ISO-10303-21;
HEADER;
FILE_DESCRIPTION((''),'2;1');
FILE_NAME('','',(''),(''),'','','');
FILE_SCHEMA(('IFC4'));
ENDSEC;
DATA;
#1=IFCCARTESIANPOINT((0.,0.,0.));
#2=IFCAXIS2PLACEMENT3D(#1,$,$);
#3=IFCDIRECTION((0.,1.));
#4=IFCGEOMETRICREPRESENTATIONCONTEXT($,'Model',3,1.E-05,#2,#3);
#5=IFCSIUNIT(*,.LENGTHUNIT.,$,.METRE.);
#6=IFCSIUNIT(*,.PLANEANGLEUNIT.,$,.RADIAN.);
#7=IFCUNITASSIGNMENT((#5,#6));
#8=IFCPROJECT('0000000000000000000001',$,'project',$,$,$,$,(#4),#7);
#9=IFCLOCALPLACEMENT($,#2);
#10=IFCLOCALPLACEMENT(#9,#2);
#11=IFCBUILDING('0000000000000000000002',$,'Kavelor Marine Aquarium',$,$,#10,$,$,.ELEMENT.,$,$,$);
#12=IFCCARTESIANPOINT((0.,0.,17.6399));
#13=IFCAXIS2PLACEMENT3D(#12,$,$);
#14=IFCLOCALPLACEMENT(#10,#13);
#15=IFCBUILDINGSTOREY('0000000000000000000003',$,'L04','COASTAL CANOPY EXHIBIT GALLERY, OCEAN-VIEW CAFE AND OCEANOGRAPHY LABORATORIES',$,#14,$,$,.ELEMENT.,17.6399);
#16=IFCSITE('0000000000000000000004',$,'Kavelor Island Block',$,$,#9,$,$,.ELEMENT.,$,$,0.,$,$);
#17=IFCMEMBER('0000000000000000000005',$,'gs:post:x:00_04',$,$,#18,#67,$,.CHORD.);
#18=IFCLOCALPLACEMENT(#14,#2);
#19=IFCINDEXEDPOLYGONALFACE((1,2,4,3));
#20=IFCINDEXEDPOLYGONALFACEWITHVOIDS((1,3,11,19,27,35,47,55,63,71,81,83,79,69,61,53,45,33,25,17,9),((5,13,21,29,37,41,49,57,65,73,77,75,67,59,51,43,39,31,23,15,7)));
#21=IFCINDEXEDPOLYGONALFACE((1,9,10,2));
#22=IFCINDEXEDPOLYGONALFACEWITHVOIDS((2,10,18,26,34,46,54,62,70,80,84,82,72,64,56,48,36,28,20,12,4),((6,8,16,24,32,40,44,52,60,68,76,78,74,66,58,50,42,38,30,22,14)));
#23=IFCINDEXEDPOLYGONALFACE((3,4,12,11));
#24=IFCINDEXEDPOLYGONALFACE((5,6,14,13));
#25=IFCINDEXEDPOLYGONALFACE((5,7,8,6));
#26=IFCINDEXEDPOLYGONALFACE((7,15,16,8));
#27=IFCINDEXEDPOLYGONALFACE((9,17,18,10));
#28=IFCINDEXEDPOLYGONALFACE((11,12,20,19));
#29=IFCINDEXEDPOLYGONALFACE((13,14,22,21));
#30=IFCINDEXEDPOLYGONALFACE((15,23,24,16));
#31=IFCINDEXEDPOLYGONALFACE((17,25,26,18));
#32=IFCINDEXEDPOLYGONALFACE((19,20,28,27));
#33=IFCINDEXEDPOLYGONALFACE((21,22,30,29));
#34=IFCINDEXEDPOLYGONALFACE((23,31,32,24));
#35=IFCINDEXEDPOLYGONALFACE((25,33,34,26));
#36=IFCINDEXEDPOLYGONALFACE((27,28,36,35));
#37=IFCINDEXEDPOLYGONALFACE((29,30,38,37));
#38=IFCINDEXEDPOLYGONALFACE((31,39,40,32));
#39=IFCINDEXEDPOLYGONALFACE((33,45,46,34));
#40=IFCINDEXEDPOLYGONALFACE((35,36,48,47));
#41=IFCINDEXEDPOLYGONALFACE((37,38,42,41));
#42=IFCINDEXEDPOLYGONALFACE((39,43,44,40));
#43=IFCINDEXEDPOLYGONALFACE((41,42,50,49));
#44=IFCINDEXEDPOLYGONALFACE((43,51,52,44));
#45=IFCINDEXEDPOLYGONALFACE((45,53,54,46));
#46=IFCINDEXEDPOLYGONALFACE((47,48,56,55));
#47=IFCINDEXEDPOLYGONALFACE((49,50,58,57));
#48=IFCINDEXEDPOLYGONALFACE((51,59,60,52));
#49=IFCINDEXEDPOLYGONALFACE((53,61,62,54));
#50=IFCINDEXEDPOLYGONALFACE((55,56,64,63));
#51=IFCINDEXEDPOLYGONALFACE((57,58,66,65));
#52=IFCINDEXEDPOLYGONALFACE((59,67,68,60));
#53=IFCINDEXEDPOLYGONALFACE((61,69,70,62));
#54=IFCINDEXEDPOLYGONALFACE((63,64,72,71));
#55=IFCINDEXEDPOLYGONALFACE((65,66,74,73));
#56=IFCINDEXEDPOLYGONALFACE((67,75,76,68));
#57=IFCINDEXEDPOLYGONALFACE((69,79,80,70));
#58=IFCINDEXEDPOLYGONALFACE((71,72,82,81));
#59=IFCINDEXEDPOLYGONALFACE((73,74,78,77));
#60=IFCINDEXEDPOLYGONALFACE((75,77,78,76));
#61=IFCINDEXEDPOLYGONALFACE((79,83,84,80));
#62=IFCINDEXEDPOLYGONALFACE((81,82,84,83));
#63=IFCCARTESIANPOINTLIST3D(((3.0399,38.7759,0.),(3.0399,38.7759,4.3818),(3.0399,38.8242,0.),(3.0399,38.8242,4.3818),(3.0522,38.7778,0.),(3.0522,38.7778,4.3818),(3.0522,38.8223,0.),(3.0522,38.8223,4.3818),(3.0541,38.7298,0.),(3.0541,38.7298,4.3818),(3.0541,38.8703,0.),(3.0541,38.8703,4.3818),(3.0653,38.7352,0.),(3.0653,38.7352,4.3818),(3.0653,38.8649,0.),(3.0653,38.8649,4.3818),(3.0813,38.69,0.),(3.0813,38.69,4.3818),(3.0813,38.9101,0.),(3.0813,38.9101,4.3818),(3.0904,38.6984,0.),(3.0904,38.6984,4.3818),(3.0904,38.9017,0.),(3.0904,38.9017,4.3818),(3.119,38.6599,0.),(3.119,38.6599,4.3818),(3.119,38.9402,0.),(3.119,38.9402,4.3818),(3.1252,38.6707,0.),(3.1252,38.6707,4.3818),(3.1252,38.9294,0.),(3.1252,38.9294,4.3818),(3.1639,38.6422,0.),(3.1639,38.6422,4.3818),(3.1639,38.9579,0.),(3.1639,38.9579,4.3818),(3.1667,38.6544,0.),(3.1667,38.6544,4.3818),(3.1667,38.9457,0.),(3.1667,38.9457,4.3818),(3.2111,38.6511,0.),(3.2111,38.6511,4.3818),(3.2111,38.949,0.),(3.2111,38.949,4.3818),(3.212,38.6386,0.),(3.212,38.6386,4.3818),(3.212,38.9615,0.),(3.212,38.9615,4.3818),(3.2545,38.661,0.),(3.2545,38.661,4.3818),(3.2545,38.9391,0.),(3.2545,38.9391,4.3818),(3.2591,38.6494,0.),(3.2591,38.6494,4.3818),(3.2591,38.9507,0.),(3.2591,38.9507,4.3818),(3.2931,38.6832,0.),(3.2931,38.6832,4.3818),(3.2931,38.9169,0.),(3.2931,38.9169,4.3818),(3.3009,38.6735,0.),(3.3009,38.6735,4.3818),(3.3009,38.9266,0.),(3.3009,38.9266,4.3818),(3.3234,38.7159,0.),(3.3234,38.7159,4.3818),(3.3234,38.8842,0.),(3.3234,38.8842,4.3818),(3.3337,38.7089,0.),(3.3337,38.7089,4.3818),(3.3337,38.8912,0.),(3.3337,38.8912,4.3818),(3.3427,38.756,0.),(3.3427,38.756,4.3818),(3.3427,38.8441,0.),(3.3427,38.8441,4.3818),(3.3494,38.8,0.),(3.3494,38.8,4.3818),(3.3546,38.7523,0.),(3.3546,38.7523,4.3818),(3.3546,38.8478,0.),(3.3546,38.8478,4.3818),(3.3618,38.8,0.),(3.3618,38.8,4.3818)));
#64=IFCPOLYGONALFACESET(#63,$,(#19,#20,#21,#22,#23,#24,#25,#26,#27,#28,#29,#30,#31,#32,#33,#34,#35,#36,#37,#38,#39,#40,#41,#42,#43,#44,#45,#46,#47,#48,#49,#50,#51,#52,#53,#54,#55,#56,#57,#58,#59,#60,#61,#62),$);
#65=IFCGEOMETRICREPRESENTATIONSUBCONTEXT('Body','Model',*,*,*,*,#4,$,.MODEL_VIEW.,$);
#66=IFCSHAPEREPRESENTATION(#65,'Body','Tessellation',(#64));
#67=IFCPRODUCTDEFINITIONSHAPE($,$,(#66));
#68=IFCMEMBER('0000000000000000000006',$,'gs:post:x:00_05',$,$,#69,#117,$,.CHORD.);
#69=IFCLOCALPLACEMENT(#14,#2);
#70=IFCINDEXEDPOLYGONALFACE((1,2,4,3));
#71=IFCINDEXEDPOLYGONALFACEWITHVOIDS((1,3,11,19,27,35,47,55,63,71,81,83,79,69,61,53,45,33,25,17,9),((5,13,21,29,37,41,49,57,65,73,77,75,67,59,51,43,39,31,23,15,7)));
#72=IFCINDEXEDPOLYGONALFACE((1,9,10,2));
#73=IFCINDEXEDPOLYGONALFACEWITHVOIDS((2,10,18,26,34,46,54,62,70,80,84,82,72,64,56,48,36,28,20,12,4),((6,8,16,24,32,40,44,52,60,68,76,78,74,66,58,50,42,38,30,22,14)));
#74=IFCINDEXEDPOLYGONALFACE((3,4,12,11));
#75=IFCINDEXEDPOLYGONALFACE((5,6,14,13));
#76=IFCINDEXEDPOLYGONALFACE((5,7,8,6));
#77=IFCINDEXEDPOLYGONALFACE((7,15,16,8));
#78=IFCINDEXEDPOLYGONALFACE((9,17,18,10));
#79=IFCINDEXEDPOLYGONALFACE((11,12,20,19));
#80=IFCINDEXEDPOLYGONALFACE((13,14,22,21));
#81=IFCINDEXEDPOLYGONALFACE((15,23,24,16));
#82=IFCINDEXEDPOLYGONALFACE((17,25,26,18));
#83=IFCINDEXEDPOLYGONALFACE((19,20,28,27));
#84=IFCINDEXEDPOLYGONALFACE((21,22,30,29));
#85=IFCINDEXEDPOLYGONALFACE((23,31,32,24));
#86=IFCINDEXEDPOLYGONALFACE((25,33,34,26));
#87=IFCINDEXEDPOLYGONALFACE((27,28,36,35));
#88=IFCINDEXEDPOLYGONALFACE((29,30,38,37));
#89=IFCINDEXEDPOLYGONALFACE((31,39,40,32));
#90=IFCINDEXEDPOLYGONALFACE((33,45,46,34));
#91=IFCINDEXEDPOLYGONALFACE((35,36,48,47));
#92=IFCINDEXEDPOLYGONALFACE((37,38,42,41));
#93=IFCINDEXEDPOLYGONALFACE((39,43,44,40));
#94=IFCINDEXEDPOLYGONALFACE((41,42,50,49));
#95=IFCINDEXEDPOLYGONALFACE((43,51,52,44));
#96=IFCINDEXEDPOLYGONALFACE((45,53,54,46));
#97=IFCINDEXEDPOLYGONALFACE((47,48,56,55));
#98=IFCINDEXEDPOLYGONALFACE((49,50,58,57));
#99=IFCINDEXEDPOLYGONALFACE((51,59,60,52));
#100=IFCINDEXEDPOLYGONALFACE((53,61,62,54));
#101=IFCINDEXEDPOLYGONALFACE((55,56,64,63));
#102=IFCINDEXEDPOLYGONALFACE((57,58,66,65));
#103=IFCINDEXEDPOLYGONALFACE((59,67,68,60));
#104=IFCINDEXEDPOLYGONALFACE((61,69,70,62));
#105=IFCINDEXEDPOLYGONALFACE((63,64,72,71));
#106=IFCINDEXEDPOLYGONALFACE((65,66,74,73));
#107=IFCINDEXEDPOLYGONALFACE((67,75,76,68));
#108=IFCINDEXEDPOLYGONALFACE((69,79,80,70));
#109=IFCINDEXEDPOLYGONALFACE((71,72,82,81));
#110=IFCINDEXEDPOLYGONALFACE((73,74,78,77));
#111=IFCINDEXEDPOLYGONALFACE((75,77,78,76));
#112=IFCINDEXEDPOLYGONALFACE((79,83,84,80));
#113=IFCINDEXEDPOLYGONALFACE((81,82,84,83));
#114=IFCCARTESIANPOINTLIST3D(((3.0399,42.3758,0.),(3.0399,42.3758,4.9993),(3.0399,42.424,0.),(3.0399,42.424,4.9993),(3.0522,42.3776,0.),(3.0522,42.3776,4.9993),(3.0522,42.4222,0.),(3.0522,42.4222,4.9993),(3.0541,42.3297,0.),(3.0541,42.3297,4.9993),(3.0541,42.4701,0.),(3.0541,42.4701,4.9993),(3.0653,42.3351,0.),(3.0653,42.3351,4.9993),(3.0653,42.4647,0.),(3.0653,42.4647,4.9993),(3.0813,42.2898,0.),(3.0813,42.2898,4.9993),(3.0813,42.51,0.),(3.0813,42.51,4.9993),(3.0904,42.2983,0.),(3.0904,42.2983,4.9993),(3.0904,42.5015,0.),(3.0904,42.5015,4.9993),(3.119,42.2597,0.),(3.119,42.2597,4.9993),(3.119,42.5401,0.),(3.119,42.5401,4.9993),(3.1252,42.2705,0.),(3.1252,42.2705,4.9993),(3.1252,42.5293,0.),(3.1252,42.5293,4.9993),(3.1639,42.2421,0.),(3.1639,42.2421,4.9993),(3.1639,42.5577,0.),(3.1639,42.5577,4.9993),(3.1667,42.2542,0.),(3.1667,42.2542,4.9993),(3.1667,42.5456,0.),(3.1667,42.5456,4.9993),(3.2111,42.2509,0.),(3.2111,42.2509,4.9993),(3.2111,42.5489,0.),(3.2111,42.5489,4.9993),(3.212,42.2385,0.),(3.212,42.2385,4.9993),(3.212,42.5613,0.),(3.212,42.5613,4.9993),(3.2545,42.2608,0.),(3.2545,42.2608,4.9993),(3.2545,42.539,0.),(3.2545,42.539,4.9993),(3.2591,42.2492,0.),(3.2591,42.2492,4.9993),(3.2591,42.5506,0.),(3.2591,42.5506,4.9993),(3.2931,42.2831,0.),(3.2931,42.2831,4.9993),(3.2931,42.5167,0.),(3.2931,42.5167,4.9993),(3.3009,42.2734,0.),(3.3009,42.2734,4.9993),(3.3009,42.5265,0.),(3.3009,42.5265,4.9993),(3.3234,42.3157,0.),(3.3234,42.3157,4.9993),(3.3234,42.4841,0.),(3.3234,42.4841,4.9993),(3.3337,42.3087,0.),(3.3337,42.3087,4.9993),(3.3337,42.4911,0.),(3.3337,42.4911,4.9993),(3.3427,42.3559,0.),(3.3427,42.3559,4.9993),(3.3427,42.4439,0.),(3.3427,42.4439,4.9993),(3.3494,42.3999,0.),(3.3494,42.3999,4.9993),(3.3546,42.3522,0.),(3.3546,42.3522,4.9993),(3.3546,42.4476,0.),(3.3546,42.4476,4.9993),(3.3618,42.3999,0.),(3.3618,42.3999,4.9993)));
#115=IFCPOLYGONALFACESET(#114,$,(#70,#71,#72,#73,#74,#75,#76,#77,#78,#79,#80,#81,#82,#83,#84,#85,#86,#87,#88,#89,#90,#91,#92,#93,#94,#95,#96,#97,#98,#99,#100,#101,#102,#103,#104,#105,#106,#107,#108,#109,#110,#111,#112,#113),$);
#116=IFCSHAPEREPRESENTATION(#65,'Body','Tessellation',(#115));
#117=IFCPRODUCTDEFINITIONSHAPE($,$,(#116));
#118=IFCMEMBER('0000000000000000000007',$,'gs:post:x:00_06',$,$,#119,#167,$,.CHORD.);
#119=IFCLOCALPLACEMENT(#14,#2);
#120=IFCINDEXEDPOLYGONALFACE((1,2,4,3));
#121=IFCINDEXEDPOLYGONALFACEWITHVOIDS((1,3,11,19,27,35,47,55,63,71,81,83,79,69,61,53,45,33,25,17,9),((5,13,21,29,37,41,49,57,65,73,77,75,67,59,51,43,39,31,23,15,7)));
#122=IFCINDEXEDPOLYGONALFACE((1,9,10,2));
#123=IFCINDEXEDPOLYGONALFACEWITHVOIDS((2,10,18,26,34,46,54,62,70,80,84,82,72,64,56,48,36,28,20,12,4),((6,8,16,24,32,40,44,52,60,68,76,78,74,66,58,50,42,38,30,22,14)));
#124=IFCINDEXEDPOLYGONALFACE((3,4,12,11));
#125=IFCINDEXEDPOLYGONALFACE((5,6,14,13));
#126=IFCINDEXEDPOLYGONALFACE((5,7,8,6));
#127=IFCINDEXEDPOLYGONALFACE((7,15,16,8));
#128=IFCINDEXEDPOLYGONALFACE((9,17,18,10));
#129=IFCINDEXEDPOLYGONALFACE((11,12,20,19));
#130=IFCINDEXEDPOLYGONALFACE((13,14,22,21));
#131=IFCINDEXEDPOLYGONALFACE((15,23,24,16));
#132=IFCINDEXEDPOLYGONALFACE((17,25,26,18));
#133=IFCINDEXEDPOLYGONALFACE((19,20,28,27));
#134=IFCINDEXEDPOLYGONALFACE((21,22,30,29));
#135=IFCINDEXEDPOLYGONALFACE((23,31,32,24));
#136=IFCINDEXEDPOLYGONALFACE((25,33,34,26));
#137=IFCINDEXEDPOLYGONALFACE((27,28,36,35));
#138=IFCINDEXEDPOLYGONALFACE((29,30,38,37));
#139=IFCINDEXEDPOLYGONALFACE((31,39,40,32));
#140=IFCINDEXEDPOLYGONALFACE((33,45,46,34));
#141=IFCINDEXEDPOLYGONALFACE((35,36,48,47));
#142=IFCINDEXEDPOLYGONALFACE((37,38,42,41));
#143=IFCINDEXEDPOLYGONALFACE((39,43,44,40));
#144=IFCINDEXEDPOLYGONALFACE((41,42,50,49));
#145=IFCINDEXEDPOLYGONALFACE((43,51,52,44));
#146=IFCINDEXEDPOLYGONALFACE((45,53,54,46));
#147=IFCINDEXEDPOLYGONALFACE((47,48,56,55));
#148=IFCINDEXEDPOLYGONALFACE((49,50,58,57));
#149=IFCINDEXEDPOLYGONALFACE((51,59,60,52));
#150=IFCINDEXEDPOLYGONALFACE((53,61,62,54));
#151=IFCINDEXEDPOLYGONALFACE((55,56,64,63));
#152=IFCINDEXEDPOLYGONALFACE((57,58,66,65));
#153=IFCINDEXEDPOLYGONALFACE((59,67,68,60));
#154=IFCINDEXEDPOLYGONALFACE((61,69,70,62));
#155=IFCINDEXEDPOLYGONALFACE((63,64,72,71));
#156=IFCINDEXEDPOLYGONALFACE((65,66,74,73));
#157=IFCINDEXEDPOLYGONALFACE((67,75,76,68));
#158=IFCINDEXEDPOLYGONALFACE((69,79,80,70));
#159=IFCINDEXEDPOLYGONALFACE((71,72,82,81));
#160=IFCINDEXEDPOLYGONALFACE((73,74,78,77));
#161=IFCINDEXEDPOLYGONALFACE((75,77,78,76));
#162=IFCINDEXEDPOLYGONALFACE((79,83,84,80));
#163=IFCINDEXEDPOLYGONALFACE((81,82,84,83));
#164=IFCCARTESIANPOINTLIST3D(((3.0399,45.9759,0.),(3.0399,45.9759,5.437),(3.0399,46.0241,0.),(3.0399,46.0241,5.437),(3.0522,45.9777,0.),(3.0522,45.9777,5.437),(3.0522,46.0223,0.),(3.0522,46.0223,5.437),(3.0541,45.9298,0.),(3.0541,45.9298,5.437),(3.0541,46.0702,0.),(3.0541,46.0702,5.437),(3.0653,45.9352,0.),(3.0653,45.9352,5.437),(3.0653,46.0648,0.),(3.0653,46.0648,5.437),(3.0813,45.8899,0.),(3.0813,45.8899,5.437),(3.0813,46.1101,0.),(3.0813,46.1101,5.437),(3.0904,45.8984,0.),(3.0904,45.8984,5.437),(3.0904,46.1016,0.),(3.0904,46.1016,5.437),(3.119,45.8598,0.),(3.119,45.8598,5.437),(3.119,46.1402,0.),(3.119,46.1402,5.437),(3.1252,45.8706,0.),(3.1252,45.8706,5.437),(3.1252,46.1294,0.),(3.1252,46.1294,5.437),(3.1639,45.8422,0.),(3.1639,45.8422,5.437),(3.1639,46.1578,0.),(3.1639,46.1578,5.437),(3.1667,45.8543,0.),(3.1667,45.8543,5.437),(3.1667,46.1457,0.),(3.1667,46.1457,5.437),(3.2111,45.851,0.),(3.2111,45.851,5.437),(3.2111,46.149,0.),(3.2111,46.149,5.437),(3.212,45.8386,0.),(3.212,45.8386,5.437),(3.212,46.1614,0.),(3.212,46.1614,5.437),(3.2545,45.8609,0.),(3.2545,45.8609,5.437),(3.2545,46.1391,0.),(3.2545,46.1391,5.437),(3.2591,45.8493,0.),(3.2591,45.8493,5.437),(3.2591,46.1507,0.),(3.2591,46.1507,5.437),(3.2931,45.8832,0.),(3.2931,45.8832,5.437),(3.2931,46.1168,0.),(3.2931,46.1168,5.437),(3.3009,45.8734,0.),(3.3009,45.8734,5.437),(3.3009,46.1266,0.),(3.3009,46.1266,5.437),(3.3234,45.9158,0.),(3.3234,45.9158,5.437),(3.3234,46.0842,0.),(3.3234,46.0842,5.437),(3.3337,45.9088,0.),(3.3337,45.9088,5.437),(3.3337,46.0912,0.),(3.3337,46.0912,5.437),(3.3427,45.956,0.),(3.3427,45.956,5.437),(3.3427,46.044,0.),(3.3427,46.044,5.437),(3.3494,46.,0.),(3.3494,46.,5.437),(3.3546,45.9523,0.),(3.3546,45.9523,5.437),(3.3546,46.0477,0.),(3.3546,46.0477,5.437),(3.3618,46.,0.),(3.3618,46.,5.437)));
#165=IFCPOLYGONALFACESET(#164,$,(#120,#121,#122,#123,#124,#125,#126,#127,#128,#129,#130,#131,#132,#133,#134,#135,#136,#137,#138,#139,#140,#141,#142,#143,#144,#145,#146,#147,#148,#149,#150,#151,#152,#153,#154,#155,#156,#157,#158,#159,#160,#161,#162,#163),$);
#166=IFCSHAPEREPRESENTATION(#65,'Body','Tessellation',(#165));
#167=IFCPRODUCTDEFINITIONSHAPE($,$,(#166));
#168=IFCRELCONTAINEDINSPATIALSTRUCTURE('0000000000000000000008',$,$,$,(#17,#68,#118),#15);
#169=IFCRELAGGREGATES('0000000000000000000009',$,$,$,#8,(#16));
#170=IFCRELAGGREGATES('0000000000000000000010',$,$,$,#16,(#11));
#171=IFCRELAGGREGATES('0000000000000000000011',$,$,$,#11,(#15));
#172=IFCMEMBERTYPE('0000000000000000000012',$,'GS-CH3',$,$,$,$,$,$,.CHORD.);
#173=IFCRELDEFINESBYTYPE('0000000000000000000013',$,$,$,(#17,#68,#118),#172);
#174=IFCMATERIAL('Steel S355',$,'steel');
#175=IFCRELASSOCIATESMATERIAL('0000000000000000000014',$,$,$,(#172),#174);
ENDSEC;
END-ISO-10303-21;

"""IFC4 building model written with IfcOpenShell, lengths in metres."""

from ifc_helpers import new_model, si_unit, direction, frame, origin, origin_2d, place, context, subcontext, project, spatial, hollow_circle, extrude, material, material_profile, profile_set, type_object, element, save


model = new_model("IFC4")

# Units and contexts
model_context = context("Model", 3, precision=1e-05, world=origin(), true_north=direction((0.0, 1.0)))
body_context = subcontext(model_context, "Body", "Model", "MODEL_VIEW")
ifc_project = project(units=[si_unit("LENGTHUNIT", "METRE"), si_unit("PLANEANGLEUNIT", "RADIAN")], contexts=[model_context])

# Site, building, storey
site_placement = place(None, origin())
site = spatial("IfcSite", under=ifc_project, at=site_placement, Name="Kavelor Island Block", CompositionType="ELEMENT", RefElevation=0.0)
building_placement = place(site_placement, origin())
building = spatial("IfcBuilding", under=site, at=building_placement, Name="Kavelor Marine Aquarium", CompositionType="ELEMENT")
storey_placement = place(building_placement, frame((0.0, 0.0, 17.6399)))
storey = spatial("IfcBuildingStorey", under=building, at=storey_placement, Name="L04", Description="COASTAL CANOPY EXHIBIT GALLERY, OCEAN-VIEW CAFE AND OCEANOGRAPHY LABORATORIES", CompositionType="ELEMENT", Elevation=17.6399)

# Members
ifc_material_1 = material(Name="Steel S355", Category="steel")
ifc_material_profile_1 = material_profile(ifc_material_1, hollow_circle(Radius=0.1619, WallThickness=0.0125, at=origin_2d()), Name="CHS 323.9x12.5")
ifc_profile_set_1 = profile_set([ifc_material_profile_1], Name="Steel S355")
member_type_1 = type_object("IfcMemberType", Name="GS-CH3", PredefinedType="CHORD", material=ifc_profile_set_1)
member_1_placement = place(storey_placement, frame((3.2, 38.8, 0.0), z_axis=(0.0, 0.0, 1.0), x_axis=(1.0, 0.0, 0.0)))
element("IfcMember", 1, at=member_1_placement, inside=storey, type_object=member_type_1, Name="gs:post:x:00_04", PredefinedType="CHORD", context=body_context, shape_type="SweptSolid", body=[
    extrude(hollow_circle(Radius=0.1619, WallThickness=0.0125, at=origin_2d()), origin(), (0.0, 0.0, 1.0), 4.3818),
])
member_2_placement = place(storey_placement, frame((3.2, 42.3999, 0.0), z_axis=(0.0, 0.0, 1.0), x_axis=(1.0, 0.0, 0.0)))
element("IfcMember", 2, at=member_2_placement, inside=storey, type_object=member_type_1, Name="gs:post:x:00_05", PredefinedType="CHORD", context=body_context, shape_type="SweptSolid", body=[
    extrude(hollow_circle(Radius=0.1619, WallThickness=0.0125, at=origin_2d()), origin(), (0.0, 0.0, 1.0), 4.9993),
])
member_3_placement = place(storey_placement, frame((3.2, 46.0, 0.0), z_axis=(0.0, 0.0, 1.0), x_axis=(1.0, 0.0, 0.0)))
element("IfcMember", 3, at=member_3_placement, inside=storey, type_object=member_type_1, Name="gs:post:x:00_06", PredefinedType="CHORD", context=body_context, shape_type="SweptSolid", body=[
    extrude(hollow_circle(Radius=0.1619, WallThickness=0.0125, at=origin_2d()), origin(), (0.0, 0.0, 1.0), 5.437),
])

save(model, "model.ifc")
